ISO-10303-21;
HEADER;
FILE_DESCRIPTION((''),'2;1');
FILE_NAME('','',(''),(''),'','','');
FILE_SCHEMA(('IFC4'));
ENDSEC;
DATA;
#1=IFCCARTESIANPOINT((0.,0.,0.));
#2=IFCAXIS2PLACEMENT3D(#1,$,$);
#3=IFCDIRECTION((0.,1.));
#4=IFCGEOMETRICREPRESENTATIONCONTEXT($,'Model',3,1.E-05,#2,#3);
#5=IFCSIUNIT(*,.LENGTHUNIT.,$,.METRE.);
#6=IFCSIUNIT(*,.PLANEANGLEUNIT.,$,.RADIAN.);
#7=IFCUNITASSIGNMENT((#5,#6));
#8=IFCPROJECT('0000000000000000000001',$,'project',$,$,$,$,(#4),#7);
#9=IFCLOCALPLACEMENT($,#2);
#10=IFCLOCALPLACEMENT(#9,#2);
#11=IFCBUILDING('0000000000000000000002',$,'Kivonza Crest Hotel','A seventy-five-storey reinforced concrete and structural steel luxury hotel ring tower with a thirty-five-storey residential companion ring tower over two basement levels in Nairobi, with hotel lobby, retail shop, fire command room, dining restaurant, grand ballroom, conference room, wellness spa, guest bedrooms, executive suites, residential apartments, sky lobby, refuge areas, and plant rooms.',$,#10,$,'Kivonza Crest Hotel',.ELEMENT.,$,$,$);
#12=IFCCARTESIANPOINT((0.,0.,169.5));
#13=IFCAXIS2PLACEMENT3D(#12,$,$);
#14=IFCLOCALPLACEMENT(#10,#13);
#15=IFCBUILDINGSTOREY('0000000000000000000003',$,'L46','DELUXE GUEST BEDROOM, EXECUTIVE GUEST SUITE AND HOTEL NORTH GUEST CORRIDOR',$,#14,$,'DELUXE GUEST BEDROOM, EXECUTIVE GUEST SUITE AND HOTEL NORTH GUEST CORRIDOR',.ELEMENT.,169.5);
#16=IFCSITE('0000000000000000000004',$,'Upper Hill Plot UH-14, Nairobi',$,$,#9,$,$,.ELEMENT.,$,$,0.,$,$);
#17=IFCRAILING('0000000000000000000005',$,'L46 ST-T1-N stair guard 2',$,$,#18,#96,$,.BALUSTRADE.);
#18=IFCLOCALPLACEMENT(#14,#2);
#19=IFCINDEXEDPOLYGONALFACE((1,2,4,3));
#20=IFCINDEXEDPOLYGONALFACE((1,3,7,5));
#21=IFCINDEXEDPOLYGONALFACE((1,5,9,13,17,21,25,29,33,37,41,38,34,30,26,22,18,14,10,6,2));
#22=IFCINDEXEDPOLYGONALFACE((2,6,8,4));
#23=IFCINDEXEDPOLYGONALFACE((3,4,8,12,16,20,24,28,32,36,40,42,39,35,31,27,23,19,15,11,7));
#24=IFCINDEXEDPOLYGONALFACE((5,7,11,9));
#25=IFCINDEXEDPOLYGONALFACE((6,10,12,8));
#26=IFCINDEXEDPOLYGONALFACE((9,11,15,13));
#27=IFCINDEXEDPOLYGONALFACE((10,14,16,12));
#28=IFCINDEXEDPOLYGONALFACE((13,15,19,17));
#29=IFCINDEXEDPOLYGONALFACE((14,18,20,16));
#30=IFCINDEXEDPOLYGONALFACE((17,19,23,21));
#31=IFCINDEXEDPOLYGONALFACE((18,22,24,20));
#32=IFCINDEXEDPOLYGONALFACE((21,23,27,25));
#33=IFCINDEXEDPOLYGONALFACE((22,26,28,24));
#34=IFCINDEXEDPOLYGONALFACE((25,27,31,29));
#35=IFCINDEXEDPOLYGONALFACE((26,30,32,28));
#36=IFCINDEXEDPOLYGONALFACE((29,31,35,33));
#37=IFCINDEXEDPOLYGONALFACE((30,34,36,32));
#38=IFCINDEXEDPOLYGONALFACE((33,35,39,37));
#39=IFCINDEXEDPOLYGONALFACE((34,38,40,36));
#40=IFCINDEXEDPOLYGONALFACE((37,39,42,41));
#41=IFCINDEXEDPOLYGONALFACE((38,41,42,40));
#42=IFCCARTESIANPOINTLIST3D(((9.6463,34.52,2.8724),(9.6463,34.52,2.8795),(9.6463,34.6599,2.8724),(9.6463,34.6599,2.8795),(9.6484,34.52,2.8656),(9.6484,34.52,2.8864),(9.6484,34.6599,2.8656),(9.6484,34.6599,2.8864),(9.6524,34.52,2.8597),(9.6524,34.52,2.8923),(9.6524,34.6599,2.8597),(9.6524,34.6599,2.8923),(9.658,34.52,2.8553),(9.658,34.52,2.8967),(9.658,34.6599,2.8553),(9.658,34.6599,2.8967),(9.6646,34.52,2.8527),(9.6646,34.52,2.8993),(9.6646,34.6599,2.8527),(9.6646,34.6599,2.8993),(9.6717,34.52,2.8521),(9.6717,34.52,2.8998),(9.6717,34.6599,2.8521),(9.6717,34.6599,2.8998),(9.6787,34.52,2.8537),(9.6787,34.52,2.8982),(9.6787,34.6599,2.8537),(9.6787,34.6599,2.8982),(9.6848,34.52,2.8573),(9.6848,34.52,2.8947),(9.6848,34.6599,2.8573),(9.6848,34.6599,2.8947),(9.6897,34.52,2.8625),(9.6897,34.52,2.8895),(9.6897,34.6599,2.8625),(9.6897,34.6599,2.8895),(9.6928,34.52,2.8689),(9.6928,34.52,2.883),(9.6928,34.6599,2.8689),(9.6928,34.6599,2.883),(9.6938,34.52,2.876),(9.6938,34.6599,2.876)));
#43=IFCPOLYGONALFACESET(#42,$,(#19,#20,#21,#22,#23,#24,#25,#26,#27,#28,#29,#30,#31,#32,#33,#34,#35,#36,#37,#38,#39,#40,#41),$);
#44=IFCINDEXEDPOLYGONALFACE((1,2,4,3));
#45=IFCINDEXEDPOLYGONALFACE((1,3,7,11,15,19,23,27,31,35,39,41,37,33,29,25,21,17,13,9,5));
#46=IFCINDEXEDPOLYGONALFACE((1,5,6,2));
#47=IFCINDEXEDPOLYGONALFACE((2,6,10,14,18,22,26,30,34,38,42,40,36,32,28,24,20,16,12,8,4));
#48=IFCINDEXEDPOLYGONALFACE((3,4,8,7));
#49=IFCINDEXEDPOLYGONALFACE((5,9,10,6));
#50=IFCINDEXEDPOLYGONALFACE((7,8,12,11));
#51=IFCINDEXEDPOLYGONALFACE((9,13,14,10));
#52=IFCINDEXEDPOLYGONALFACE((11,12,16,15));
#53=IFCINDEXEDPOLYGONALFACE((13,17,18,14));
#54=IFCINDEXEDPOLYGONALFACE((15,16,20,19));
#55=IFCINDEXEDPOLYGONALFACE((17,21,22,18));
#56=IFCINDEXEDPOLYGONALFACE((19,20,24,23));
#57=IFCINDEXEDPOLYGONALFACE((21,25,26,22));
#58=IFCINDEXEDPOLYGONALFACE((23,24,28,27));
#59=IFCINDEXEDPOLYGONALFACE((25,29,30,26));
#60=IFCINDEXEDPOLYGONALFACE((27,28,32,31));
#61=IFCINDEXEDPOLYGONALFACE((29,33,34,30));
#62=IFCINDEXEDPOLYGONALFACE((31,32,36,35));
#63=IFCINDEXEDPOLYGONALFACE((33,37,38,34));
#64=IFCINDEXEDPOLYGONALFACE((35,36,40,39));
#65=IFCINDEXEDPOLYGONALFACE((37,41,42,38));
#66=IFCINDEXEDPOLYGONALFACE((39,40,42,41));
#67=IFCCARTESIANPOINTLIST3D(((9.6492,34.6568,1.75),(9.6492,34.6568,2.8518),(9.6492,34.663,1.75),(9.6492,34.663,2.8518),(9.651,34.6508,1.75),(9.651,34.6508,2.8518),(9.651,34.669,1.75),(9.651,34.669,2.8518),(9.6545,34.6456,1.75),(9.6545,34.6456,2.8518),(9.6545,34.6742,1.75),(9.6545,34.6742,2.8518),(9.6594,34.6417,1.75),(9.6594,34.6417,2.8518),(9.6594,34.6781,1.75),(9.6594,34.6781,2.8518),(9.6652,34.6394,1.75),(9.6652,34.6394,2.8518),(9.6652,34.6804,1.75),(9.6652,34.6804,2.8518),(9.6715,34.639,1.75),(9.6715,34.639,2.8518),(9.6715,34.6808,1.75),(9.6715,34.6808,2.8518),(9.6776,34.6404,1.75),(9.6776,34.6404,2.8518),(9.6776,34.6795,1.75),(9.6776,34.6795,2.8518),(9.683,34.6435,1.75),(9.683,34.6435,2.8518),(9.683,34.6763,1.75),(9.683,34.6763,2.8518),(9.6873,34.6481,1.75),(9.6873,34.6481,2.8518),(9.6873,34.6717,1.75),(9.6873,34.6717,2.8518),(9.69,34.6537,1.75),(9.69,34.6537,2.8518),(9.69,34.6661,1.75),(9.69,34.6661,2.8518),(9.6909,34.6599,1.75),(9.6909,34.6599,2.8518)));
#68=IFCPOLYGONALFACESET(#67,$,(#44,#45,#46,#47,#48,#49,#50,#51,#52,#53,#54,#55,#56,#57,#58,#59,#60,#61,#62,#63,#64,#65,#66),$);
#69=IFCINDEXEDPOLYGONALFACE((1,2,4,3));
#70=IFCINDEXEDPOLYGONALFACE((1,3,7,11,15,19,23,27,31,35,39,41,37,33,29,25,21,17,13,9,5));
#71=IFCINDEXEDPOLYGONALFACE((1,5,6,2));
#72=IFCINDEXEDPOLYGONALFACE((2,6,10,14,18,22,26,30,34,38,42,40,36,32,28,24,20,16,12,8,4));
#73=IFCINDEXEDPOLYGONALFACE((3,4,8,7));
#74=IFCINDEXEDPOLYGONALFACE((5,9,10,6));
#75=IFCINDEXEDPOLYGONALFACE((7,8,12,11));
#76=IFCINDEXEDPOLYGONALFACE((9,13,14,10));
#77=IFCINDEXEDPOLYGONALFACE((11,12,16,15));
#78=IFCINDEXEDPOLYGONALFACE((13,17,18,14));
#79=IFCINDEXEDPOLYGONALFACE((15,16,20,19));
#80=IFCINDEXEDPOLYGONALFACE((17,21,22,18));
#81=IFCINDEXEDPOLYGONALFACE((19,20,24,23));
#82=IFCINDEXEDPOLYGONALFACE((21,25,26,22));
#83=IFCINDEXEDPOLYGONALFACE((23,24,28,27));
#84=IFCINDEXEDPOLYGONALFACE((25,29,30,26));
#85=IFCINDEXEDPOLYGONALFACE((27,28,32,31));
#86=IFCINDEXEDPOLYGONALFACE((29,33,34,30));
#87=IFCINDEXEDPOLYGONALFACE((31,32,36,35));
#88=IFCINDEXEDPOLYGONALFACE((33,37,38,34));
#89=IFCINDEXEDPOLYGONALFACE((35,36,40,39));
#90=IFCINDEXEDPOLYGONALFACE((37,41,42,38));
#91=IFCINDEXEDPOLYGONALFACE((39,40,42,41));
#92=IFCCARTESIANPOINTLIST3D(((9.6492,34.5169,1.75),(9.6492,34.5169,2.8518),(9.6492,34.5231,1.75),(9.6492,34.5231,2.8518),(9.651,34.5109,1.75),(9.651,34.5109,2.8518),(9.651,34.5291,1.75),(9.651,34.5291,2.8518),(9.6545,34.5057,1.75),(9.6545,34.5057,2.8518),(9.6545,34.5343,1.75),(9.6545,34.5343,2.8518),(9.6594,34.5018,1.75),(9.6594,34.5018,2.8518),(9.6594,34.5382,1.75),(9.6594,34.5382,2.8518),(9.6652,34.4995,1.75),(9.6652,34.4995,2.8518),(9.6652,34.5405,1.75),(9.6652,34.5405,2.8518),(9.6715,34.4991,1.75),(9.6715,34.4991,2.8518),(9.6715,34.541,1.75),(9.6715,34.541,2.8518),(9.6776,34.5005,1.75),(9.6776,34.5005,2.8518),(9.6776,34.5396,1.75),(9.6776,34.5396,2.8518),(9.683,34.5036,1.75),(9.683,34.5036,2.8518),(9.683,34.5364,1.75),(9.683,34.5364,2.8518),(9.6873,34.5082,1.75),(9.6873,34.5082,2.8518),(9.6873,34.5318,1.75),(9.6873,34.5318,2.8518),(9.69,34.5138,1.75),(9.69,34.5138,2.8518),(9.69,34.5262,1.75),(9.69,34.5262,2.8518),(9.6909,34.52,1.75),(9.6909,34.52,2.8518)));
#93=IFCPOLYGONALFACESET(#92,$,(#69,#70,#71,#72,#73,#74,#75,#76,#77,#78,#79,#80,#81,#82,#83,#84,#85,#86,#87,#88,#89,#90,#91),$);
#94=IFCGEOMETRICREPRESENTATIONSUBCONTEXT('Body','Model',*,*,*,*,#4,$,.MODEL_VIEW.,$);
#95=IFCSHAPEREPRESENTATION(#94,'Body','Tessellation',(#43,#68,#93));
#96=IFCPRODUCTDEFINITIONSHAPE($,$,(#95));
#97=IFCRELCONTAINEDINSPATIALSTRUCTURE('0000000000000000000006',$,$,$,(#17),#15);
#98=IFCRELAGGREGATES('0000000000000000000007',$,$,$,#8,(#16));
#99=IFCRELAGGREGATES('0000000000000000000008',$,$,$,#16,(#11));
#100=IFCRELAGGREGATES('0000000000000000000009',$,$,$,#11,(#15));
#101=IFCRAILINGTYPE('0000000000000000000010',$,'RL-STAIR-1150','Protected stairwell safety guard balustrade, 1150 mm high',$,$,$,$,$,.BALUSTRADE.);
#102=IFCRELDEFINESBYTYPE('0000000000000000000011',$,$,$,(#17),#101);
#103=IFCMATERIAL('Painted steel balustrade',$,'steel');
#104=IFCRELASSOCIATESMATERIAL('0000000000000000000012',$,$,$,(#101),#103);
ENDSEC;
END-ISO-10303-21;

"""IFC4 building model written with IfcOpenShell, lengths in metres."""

from ifc_helpers import new_model, si_unit, direction, frame, origin, origin_2d, place, context, subcontext, project, spatial, circle, extrude, material, type_object, element, save


model = new_model("IFC4")

# Units and contexts
model_context = context("Model", 3, precision=1e-05, world=origin(), true_north=direction((0.0, 1.0)))
body_context = subcontext(model_context, "Body", "Model", "MODEL_VIEW")
ifc_project = project(units=[si_unit("LENGTHUNIT", "METRE"), si_unit("PLANEANGLEUNIT", "RADIAN")], contexts=[model_context])

# Site, building, storey
site_placement = place(None, origin())
site = spatial("IfcSite", under=ifc_project, at=site_placement, Name="Upper Hill Plot UH-14, Nairobi", CompositionType="ELEMENT", RefElevation=0.0)
building_placement = place(site_placement, origin())
building = spatial("IfcBuilding", under=site, at=building_placement, Name="Kivonza Crest Hotel", Description="A seventy-five-storey reinforced concrete and structural steel luxury hotel ring tower with a thirty-five-storey residential companion ring tower over two basement levels in Nairobi, with hotel lobby, retail shop, fire command room, dining restaurant, grand ballroom, conference room, wellness spa, guest bedrooms, executive suites, residential apartments, sky lobby, refuge areas, and plant rooms.", LongName="Kivonza Crest Hotel", CompositionType="ELEMENT")
storey_placement = place(building_placement, frame((0.0, 0.0, 169.5)))
storey = spatial("IfcBuildingStorey", under=building, at=storey_placement, Name="L46", Description="DELUXE GUEST BEDROOM, EXECUTIVE GUEST SUITE AND HOTEL NORTH GUEST CORRIDOR", LongName="DELUXE GUEST BEDROOM, EXECUTIVE GUEST SUITE AND HOTEL NORTH GUEST CORRIDOR", CompositionType="ELEMENT", Elevation=169.5)

# Railing
ifc_material_1 = material(Name="Painted steel balustrade", Category="steel")
railing_type_1 = type_object("IfcRailingType", Name="RL-STAIR-1150", Description="Protected stairwell safety guard balustrade, 1150 mm high", PredefinedType="BALUSTRADE", material=ifc_material_1)
railing_1_placement = place(storey_placement, frame((9.6699, 34.6599, 1.75)))
element("IfcRailing", 1, at=railing_1_placement, inside=storey, type_object=railing_type_1, Name="L46 ST-T1-N stair guard 2", PredefinedType="BALUSTRADE", context=body_context, shape_type="SweptSolid", body=[
    extrude(circle(Radius=0.0239, at=origin_2d()), frame((0.0, 0.0, 1.126), z_axis=(0.0, -1.0, 0.0), x_axis=(1.0, 0.0, 0.0)), (0.0, 0.0, 1.0), 0.1399),
    extrude(circle(Radius=0.021, at=origin_2d()), origin(), (0.0, 0.0, 1.0), 1.1018),
    extrude(circle(Radius=0.021, at=origin_2d()), frame((0.0, -0.1399, 0.0)), (0.0, 0.0, 1.0), 1.1018),
])

save(model, "model.ifc")
